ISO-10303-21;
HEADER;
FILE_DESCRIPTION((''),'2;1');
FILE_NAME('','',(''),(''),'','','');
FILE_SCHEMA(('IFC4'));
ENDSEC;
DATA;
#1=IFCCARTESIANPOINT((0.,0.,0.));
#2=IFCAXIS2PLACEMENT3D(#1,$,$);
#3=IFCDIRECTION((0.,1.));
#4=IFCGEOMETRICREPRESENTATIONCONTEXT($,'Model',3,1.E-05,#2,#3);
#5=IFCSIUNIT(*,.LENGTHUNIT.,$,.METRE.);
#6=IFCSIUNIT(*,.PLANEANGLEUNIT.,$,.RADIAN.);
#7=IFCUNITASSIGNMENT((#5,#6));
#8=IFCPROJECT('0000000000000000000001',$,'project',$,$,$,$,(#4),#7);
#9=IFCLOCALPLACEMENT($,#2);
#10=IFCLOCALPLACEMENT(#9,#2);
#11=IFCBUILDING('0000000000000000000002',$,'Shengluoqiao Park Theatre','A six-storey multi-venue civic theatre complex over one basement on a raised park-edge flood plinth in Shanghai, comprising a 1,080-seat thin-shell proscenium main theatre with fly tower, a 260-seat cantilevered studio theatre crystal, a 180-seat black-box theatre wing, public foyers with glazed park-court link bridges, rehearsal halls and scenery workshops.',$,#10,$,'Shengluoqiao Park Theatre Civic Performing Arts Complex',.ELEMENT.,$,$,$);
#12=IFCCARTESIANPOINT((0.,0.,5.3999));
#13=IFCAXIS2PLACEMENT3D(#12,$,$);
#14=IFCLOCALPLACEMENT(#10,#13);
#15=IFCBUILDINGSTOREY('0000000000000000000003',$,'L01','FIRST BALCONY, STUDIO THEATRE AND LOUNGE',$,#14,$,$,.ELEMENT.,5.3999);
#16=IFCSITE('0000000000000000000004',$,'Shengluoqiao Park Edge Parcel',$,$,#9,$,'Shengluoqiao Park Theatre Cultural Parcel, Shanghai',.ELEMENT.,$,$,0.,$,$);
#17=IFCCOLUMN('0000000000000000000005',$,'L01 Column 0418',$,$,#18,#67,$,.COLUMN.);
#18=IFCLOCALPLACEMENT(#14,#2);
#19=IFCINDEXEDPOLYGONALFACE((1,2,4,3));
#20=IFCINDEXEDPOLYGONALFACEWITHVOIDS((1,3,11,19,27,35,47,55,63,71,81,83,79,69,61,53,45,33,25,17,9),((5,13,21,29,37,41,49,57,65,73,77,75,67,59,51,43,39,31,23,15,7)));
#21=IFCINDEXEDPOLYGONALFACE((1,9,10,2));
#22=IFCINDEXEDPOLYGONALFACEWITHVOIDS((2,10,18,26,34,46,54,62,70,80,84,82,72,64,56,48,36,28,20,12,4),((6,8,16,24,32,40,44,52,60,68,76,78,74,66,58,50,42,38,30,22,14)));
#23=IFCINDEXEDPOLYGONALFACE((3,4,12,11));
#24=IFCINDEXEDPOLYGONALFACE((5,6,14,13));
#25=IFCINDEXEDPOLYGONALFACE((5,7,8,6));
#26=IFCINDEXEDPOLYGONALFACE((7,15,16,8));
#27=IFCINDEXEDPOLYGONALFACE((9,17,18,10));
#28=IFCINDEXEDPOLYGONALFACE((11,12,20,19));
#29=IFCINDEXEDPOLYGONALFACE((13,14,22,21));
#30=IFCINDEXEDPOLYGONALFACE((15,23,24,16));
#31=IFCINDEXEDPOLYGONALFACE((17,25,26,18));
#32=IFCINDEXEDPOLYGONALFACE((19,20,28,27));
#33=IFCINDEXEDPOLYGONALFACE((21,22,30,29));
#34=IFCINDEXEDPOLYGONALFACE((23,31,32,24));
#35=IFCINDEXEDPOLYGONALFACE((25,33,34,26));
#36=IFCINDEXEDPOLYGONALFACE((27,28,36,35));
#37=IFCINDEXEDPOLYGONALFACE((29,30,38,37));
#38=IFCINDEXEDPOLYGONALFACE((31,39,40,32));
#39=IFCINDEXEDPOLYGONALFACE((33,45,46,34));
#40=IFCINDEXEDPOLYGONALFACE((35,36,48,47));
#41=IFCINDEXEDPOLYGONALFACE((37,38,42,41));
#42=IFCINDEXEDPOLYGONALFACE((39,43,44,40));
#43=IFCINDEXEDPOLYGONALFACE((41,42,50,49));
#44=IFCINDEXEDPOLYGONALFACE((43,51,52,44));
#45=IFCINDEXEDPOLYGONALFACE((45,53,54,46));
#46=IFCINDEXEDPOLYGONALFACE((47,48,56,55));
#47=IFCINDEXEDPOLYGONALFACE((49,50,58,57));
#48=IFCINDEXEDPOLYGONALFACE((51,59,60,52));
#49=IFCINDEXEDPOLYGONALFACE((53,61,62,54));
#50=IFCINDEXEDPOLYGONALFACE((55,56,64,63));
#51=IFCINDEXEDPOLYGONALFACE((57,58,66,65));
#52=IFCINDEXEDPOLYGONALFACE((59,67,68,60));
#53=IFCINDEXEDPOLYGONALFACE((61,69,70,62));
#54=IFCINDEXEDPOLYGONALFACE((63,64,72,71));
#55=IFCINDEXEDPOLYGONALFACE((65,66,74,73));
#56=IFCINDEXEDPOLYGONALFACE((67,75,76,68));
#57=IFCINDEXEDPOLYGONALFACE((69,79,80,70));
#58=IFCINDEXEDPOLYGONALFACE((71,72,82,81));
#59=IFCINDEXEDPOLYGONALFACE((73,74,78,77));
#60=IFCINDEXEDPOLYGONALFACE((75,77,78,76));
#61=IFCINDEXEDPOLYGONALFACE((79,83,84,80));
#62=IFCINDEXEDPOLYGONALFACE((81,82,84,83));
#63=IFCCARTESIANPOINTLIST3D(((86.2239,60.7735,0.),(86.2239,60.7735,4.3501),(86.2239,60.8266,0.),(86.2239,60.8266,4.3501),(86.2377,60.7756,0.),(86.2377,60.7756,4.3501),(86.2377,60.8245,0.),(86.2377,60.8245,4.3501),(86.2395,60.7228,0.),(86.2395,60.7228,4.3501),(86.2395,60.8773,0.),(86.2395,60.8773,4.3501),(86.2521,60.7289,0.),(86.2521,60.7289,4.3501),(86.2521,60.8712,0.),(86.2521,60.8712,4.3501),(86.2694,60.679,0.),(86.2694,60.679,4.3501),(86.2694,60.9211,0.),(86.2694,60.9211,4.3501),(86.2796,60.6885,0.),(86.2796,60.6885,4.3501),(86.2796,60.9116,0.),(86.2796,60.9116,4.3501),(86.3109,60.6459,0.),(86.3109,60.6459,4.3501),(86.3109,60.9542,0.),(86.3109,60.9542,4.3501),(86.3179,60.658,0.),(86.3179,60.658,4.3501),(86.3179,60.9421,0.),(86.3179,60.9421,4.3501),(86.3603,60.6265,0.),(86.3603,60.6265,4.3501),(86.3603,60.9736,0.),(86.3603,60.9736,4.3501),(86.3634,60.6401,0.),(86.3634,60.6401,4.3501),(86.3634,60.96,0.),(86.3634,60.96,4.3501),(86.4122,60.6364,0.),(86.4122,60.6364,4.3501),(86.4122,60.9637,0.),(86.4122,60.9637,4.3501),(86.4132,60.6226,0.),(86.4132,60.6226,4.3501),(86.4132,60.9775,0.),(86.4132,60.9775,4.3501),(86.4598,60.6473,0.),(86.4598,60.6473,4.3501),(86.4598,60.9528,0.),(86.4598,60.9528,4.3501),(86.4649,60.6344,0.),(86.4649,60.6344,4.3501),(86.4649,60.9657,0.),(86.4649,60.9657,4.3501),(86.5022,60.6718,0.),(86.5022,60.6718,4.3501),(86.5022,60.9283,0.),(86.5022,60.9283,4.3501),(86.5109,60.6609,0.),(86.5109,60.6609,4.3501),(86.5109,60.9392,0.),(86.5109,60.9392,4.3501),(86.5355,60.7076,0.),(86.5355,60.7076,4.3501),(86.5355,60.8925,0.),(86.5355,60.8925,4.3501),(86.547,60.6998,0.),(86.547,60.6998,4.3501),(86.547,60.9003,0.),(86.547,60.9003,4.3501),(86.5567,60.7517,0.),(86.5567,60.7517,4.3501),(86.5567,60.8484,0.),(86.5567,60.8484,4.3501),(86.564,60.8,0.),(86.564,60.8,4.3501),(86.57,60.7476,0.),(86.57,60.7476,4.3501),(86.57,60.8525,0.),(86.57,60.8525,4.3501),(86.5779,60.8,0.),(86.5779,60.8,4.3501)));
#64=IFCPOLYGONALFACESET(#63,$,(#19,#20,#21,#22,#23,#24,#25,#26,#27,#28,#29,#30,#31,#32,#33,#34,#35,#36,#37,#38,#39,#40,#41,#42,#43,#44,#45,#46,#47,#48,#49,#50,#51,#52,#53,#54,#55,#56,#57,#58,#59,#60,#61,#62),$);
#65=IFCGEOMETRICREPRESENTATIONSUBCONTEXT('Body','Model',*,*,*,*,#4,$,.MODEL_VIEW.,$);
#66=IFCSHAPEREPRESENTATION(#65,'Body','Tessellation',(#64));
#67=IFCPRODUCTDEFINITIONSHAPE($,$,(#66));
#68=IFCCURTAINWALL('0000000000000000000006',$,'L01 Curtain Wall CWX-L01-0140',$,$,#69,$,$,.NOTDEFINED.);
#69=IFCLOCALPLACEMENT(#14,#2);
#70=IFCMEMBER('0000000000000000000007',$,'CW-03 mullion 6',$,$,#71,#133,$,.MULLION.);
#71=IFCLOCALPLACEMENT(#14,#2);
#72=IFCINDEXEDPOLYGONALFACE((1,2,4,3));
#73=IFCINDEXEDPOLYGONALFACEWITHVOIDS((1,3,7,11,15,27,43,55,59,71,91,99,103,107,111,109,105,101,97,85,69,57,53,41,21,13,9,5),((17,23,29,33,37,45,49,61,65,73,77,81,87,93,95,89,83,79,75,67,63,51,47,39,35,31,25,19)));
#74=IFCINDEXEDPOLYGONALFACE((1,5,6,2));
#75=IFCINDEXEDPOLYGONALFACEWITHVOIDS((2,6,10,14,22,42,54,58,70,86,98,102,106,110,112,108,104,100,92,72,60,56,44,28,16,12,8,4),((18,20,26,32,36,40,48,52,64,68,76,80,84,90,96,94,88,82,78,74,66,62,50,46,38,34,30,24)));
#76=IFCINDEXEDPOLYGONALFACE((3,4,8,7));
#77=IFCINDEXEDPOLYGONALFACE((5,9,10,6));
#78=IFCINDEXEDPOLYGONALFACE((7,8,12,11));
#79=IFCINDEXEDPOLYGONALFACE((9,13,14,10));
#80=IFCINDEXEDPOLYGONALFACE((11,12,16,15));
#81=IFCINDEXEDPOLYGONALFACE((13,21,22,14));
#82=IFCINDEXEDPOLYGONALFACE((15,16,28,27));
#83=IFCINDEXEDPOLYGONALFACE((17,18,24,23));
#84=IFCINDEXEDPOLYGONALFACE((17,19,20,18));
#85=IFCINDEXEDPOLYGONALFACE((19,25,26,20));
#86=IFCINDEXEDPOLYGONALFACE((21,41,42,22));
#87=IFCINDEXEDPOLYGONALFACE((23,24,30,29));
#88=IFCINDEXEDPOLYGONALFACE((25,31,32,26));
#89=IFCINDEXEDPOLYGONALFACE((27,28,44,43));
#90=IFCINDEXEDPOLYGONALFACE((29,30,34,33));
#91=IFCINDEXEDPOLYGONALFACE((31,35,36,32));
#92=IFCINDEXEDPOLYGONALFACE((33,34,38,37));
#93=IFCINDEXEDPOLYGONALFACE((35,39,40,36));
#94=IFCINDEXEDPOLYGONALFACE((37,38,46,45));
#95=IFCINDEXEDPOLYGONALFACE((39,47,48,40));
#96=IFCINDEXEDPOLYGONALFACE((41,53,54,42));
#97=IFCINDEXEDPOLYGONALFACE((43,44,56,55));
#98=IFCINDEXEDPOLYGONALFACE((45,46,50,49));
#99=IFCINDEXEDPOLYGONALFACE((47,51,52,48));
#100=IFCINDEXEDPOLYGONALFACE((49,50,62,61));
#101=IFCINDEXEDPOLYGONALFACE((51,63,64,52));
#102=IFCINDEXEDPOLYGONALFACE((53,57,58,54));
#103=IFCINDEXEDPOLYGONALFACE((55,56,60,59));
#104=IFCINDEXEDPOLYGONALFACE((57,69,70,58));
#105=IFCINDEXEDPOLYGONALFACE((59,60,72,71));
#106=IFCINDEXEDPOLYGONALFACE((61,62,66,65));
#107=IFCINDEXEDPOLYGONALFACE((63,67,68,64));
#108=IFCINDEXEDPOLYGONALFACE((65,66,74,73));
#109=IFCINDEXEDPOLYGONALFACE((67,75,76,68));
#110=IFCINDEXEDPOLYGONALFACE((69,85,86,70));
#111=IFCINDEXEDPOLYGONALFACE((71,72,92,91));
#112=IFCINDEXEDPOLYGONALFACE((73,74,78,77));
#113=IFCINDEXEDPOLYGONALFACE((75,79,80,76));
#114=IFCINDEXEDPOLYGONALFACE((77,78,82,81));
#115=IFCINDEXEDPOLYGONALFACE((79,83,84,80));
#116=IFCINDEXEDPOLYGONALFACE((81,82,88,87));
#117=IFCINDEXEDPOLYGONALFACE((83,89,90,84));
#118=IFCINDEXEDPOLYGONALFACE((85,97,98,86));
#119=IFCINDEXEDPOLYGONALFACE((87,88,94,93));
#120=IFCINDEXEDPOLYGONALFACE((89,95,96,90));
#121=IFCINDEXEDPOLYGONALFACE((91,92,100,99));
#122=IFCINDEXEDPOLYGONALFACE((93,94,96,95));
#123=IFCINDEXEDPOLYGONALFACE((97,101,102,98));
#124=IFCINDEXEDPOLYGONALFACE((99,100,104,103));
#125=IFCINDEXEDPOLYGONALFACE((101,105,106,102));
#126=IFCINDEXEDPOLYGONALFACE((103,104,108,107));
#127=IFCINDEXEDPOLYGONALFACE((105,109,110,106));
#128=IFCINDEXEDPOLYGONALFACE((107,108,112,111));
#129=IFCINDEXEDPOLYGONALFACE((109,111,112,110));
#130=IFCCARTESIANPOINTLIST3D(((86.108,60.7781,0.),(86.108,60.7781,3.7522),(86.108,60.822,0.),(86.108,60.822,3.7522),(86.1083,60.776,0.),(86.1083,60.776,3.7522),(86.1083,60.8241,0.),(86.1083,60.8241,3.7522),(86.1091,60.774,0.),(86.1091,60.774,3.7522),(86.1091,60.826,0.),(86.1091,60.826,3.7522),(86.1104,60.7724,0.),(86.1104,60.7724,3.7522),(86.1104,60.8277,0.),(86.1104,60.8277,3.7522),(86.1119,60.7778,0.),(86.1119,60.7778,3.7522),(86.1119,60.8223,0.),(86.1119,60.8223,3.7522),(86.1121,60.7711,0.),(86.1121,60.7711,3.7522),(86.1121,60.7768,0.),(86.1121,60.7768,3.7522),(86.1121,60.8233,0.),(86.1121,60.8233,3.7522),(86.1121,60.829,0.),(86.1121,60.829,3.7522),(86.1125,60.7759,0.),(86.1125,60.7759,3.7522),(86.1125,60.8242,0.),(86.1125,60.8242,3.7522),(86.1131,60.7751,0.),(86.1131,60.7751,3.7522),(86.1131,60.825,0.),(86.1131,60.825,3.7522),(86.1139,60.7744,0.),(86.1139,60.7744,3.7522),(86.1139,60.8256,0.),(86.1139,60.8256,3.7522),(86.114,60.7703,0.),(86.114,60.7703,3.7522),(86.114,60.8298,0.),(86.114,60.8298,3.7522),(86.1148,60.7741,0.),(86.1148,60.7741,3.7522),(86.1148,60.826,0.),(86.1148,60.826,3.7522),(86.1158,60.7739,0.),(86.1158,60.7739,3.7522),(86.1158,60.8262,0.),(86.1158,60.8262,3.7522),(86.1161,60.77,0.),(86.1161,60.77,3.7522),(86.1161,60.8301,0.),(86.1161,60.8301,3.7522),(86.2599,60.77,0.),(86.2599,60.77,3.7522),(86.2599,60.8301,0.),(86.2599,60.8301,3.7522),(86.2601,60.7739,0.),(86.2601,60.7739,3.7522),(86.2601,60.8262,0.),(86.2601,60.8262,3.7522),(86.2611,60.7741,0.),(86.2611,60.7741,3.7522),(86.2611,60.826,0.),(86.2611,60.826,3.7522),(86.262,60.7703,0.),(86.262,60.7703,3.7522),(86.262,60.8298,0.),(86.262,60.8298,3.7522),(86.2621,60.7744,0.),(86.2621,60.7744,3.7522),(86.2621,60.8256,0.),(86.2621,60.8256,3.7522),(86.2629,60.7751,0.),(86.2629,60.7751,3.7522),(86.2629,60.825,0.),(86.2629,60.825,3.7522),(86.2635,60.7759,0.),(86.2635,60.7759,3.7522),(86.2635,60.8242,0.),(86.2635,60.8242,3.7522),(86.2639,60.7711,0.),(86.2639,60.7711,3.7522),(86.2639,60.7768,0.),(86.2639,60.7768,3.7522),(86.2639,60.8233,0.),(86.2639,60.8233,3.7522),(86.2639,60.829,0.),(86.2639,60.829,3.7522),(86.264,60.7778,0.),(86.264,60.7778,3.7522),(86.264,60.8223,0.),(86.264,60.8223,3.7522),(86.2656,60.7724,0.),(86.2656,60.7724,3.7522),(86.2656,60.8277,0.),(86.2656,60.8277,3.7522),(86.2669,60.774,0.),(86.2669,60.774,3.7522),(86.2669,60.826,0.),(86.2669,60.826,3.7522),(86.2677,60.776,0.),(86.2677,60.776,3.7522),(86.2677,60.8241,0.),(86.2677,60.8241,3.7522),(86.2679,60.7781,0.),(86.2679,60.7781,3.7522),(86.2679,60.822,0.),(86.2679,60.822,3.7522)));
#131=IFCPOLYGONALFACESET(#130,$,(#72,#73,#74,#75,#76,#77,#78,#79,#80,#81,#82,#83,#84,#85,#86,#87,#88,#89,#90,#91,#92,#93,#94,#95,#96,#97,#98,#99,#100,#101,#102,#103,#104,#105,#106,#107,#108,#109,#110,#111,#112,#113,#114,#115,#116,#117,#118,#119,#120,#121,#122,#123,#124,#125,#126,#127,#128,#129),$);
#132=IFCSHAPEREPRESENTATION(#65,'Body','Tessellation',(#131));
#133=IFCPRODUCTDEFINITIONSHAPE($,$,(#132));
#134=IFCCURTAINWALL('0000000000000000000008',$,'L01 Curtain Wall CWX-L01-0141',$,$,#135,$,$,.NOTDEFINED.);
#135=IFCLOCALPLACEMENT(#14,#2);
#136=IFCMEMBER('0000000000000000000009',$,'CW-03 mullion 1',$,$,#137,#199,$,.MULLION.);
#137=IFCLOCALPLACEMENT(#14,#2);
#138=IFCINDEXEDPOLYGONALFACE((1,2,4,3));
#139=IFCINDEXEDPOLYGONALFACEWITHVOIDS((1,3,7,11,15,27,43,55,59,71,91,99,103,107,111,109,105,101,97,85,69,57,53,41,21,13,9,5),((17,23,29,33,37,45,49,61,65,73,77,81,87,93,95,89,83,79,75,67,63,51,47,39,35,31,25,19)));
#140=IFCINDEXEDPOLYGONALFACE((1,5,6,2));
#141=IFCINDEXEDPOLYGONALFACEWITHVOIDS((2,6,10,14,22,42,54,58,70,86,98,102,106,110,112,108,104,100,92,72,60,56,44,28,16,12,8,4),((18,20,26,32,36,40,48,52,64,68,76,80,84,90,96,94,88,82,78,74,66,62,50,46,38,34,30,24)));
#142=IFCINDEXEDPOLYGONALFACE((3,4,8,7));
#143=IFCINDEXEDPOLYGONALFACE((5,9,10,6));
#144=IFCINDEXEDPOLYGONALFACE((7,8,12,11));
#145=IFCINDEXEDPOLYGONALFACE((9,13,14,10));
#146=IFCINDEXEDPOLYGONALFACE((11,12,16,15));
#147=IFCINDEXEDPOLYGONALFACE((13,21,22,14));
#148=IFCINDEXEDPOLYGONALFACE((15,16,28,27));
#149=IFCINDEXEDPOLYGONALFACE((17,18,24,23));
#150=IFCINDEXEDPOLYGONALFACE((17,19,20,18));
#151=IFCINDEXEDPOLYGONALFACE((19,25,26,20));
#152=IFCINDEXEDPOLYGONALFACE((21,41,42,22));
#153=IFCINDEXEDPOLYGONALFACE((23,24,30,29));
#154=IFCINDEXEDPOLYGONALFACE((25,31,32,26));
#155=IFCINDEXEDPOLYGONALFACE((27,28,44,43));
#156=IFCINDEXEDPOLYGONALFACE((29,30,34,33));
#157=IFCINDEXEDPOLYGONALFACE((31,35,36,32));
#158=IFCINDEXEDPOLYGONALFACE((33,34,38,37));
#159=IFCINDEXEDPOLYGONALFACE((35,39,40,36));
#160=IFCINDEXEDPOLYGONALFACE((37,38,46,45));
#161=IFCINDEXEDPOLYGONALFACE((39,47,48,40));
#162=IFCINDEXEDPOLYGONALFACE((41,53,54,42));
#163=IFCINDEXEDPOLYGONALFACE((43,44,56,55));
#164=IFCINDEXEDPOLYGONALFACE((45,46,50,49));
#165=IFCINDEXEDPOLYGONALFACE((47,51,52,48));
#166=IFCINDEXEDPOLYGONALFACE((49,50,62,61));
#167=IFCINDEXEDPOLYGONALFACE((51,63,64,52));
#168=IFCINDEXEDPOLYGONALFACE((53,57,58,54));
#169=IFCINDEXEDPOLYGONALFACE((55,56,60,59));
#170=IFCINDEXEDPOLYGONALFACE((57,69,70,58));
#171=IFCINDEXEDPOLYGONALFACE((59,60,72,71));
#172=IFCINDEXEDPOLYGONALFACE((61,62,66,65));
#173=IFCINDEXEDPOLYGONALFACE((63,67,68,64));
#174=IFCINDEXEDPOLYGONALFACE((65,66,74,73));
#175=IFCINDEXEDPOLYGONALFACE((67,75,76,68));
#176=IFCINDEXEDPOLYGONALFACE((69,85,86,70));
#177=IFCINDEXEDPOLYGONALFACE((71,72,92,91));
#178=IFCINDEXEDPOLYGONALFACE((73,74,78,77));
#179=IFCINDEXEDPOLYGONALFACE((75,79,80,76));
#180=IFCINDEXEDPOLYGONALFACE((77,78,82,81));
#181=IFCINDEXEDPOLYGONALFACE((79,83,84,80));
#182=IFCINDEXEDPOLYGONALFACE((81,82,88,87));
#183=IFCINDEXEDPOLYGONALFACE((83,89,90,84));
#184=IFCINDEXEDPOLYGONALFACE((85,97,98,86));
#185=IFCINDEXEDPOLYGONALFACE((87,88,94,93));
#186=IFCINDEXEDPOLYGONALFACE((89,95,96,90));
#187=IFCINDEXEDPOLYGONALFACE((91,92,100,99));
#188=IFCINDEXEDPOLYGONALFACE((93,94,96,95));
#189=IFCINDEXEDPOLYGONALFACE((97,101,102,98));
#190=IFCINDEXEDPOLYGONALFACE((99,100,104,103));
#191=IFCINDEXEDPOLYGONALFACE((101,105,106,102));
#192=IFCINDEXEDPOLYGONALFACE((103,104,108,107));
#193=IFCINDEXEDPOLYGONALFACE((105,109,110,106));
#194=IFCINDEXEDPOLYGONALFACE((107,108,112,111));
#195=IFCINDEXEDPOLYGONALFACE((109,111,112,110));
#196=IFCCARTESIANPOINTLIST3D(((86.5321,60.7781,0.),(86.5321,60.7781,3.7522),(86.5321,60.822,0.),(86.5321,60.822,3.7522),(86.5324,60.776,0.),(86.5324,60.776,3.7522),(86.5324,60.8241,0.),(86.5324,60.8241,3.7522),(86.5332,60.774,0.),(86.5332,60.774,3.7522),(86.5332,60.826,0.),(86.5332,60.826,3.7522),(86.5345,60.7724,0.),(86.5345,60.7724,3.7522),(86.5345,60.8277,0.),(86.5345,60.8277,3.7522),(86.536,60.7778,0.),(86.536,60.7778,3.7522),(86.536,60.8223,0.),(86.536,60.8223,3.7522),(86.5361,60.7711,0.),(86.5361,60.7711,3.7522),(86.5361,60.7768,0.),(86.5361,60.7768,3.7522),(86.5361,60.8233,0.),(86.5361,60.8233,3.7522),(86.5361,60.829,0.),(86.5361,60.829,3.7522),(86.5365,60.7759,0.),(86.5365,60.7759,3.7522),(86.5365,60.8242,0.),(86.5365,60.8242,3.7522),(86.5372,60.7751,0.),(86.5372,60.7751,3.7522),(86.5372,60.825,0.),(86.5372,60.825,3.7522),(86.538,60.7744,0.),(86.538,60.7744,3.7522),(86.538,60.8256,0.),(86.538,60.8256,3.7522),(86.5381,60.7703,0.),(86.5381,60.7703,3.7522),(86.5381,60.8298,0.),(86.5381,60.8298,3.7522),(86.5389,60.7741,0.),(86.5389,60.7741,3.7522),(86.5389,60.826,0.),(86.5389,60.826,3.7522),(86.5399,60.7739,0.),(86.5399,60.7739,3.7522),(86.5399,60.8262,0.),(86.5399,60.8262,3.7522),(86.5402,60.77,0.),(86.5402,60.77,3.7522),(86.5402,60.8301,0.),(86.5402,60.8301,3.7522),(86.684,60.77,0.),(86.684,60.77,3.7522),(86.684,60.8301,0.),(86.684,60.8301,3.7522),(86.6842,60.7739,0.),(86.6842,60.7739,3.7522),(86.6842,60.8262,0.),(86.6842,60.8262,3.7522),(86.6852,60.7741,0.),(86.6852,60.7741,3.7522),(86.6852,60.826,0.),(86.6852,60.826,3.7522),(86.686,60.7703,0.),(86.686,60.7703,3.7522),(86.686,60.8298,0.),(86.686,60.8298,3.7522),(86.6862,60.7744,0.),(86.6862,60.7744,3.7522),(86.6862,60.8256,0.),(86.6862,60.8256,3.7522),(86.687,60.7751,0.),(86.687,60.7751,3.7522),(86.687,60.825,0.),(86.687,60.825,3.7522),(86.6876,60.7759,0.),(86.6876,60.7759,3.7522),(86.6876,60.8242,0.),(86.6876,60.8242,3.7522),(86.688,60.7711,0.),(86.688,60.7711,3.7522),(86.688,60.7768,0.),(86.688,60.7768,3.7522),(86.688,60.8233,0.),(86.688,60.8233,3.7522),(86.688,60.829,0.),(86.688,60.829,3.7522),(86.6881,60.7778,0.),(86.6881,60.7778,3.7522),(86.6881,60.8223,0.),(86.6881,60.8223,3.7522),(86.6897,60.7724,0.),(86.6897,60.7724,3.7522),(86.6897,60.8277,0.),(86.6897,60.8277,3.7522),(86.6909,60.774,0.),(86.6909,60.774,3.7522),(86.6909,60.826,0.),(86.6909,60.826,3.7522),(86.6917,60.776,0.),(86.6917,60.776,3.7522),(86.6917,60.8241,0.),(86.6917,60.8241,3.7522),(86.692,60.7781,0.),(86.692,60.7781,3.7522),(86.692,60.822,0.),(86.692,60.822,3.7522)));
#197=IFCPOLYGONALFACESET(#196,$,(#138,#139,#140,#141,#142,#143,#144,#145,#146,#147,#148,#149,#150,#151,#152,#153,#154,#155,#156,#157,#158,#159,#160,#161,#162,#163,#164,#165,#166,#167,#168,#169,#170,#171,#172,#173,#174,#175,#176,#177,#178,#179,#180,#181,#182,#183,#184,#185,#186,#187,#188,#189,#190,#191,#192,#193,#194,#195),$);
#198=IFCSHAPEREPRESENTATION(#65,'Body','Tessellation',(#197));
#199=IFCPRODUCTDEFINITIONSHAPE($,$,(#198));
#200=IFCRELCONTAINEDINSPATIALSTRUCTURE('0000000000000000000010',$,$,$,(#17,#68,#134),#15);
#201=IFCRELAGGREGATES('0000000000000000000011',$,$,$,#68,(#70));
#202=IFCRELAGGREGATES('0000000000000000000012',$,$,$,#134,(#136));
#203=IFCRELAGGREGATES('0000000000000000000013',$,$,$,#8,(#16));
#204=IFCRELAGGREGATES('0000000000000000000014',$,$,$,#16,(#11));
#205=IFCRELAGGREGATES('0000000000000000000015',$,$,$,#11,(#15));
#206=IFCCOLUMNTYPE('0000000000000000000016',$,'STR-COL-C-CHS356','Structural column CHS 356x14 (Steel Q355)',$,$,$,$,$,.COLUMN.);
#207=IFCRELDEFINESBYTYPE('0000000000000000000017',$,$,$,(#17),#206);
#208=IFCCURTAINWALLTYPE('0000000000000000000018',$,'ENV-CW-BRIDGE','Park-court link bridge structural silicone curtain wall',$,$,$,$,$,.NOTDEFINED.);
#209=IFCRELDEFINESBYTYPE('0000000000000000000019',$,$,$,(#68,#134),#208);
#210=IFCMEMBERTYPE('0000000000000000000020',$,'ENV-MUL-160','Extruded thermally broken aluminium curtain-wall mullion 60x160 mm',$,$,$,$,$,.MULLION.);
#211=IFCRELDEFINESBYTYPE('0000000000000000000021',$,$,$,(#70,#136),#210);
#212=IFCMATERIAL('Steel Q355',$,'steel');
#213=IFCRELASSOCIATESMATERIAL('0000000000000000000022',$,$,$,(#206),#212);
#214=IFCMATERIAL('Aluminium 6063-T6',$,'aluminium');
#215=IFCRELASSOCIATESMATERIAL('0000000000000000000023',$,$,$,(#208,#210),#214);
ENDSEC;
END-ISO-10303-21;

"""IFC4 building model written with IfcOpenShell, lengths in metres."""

from ifc_helpers import new_model, si_unit, direction, frame, origin, origin_2d, place, context, subcontext, project, spatial, hollow_rectangle, hollow_circle, extrude, material, material_profile, profile_set, type_object, element, aggregate, save


model = new_model("IFC4")

# Units and contexts
model_context = context("Model", 3, precision=1e-05, world=origin(), true_north=direction((0.0, 1.0)))
body_context = subcontext(model_context, "Body", "Model", "MODEL_VIEW")
ifc_project = project(units=[si_unit("LENGTHUNIT", "METRE"), si_unit("PLANEANGLEUNIT", "RADIAN")], contexts=[model_context])

# Site, building, storey
site_placement = place(None, origin())
site = spatial("IfcSite", under=ifc_project, at=site_placement, Name="Shengluoqiao Park Edge Parcel", LongName="Shengluoqiao Park Theatre Cultural Parcel, Shanghai", CompositionType="ELEMENT", RefElevation=0.0)
building_placement = place(site_placement, origin())
building = spatial("IfcBuilding", under=site, at=building_placement, Name="Shengluoqiao Park Theatre", Description="A six-storey multi-venue civic theatre complex over one basement on a raised park-edge flood plinth in Shanghai, comprising a 1,080-seat thin-shell proscenium main theatre with fly tower, a 260-seat cantilevered studio theatre crystal, a 180-seat black-box theatre wing, public foyers with glazed park-court link bridges, rehearsal halls and scenery workshops.", LongName="Shengluoqiao Park Theatre Civic Performing Arts Complex", CompositionType="ELEMENT")
storey_placement = place(building_placement, frame((0.0, 0.0, 5.3999)))
storey = spatial("IfcBuildingStorey", under=building, at=storey_placement, Name="L01", Description="FIRST BALCONY, STUDIO THEATRE AND LOUNGE", CompositionType="ELEMENT", Elevation=5.3999)

# Column
ifc_material_1 = material(Name="Steel Q355", Category="steel")
ifc_material_profile_1 = material_profile(ifc_material_1, hollow_circle(Radius=0.178, WallThickness=0.0139, at=origin_2d()), Name="CHS 356x14")
ifc_profile_set_1 = profile_set([ifc_material_profile_1], Name="Steel Q355")
column_type = type_object("IfcColumnType", Name="STR-COL-C-CHS356", Description="Structural column CHS 356x14 (Steel Q355)", PredefinedType="COLUMN", material=ifc_profile_set_1)
column_placement = place(storey_placement, frame((86.3999, 60.8, 0.0), z_axis=(0.0, 0.0, 1.0), x_axis=(1.0, 0.0, 0.0)))
element("IfcColumn", 1, at=column_placement, inside=storey, type_object=column_type, Name="L01 Column 0418", PredefinedType="COLUMN", context=body_context, shape_type="SweptSolid", body=[
    extrude(hollow_circle(Radius=0.178, WallThickness=0.0139, at=origin_2d()), origin(), (0.0, 0.0, 1.0), 4.3501),
])

# Curtain wall, member
ifc_material_2 = material(Name="Aluminium 6063-T6", Category="aluminium")
curtain_wall_type = type_object("IfcCurtainWallType", Name="ENV-CW-BRIDGE", Description="Park-court link bridge structural silicone curtain wall", PredefinedType="NOTDEFINED", material=ifc_material_2)
curtain_wall_1_placement = place(storey_placement, origin())
curtain_wall_1 = element("IfcCurtainWall", 2, at=curtain_wall_1_placement, inside=storey, type_object=curtain_wall_type, Name="L01 Curtain Wall CWX-L01-0140", PredefinedType="NOTDEFINED")
ifc_material_profile_2 = material_profile(ifc_material_2, hollow_rectangle(XDim=0.0601, YDim=0.1599, WallThickness=0.0039, InnerFilletRadius=0.0039, OuterFilletRadius=0.0081, at=origin_2d()), Name="ALU MULLION 160x60x4")
ifc_profile_set_2 = profile_set([ifc_material_profile_2], Name="Aluminium 6063-T6")
member_type_1 = type_object("IfcMemberType", Name="ENV-MUL-160", Description="Extruded thermally broken aluminium curtain-wall mullion 60x160 mm", PredefinedType="MULLION", material=ifc_profile_set_2)
member_1_placement = place(storey_placement, frame((86.188, 60.8, 0.0), z_axis=(0.0, 0.0, 1.0), x_axis=(0.0, 1.0, 0.0)))
member_1 = element("IfcMember", 3, at=member_1_placement, type_object=member_type_1, Name="CW-03 mullion 6", PredefinedType="MULLION", context=body_context, shape_type="SweptSolid", body=[
    extrude(hollow_rectangle(XDim=0.0601, YDim=0.1599, WallThickness=0.0039, InnerFilletRadius=0.0039, OuterFilletRadius=0.0081, at=origin_2d()), origin(), (0.0, 0.0, 1.0), 3.7522),
])

# Curtain wall, member
curtain_wall_2_placement = place(storey_placement, origin())
curtain_wall_2 = element("IfcCurtainWall", 4, at=curtain_wall_2_placement, inside=storey, type_object=curtain_wall_type, Name="L01 Curtain Wall CWX-L01-0141", PredefinedType="NOTDEFINED")
member_2_placement = place(storey_placement, frame((86.6121, 60.8, 0.0), z_axis=(0.0, 0.0, 1.0), x_axis=(0.0, 1.0, 0.0)))
member_2 = element("IfcMember", 5, at=member_2_placement, type_object=member_type_1, Name="CW-03 mullion 1", PredefinedType="MULLION", context=body_context, shape_type="SweptSolid", body=[
    extrude(hollow_rectangle(XDim=0.0601, YDim=0.1599, WallThickness=0.0039, InnerFilletRadius=0.0039, OuterFilletRadius=0.0081, at=origin_2d()), origin(), (0.0, 0.0, 1.0), 3.7522),
])

aggregate(curtain_wall_1, [member_1])
aggregate(curtain_wall_2, [member_2])

save(model, "model.ifc")
